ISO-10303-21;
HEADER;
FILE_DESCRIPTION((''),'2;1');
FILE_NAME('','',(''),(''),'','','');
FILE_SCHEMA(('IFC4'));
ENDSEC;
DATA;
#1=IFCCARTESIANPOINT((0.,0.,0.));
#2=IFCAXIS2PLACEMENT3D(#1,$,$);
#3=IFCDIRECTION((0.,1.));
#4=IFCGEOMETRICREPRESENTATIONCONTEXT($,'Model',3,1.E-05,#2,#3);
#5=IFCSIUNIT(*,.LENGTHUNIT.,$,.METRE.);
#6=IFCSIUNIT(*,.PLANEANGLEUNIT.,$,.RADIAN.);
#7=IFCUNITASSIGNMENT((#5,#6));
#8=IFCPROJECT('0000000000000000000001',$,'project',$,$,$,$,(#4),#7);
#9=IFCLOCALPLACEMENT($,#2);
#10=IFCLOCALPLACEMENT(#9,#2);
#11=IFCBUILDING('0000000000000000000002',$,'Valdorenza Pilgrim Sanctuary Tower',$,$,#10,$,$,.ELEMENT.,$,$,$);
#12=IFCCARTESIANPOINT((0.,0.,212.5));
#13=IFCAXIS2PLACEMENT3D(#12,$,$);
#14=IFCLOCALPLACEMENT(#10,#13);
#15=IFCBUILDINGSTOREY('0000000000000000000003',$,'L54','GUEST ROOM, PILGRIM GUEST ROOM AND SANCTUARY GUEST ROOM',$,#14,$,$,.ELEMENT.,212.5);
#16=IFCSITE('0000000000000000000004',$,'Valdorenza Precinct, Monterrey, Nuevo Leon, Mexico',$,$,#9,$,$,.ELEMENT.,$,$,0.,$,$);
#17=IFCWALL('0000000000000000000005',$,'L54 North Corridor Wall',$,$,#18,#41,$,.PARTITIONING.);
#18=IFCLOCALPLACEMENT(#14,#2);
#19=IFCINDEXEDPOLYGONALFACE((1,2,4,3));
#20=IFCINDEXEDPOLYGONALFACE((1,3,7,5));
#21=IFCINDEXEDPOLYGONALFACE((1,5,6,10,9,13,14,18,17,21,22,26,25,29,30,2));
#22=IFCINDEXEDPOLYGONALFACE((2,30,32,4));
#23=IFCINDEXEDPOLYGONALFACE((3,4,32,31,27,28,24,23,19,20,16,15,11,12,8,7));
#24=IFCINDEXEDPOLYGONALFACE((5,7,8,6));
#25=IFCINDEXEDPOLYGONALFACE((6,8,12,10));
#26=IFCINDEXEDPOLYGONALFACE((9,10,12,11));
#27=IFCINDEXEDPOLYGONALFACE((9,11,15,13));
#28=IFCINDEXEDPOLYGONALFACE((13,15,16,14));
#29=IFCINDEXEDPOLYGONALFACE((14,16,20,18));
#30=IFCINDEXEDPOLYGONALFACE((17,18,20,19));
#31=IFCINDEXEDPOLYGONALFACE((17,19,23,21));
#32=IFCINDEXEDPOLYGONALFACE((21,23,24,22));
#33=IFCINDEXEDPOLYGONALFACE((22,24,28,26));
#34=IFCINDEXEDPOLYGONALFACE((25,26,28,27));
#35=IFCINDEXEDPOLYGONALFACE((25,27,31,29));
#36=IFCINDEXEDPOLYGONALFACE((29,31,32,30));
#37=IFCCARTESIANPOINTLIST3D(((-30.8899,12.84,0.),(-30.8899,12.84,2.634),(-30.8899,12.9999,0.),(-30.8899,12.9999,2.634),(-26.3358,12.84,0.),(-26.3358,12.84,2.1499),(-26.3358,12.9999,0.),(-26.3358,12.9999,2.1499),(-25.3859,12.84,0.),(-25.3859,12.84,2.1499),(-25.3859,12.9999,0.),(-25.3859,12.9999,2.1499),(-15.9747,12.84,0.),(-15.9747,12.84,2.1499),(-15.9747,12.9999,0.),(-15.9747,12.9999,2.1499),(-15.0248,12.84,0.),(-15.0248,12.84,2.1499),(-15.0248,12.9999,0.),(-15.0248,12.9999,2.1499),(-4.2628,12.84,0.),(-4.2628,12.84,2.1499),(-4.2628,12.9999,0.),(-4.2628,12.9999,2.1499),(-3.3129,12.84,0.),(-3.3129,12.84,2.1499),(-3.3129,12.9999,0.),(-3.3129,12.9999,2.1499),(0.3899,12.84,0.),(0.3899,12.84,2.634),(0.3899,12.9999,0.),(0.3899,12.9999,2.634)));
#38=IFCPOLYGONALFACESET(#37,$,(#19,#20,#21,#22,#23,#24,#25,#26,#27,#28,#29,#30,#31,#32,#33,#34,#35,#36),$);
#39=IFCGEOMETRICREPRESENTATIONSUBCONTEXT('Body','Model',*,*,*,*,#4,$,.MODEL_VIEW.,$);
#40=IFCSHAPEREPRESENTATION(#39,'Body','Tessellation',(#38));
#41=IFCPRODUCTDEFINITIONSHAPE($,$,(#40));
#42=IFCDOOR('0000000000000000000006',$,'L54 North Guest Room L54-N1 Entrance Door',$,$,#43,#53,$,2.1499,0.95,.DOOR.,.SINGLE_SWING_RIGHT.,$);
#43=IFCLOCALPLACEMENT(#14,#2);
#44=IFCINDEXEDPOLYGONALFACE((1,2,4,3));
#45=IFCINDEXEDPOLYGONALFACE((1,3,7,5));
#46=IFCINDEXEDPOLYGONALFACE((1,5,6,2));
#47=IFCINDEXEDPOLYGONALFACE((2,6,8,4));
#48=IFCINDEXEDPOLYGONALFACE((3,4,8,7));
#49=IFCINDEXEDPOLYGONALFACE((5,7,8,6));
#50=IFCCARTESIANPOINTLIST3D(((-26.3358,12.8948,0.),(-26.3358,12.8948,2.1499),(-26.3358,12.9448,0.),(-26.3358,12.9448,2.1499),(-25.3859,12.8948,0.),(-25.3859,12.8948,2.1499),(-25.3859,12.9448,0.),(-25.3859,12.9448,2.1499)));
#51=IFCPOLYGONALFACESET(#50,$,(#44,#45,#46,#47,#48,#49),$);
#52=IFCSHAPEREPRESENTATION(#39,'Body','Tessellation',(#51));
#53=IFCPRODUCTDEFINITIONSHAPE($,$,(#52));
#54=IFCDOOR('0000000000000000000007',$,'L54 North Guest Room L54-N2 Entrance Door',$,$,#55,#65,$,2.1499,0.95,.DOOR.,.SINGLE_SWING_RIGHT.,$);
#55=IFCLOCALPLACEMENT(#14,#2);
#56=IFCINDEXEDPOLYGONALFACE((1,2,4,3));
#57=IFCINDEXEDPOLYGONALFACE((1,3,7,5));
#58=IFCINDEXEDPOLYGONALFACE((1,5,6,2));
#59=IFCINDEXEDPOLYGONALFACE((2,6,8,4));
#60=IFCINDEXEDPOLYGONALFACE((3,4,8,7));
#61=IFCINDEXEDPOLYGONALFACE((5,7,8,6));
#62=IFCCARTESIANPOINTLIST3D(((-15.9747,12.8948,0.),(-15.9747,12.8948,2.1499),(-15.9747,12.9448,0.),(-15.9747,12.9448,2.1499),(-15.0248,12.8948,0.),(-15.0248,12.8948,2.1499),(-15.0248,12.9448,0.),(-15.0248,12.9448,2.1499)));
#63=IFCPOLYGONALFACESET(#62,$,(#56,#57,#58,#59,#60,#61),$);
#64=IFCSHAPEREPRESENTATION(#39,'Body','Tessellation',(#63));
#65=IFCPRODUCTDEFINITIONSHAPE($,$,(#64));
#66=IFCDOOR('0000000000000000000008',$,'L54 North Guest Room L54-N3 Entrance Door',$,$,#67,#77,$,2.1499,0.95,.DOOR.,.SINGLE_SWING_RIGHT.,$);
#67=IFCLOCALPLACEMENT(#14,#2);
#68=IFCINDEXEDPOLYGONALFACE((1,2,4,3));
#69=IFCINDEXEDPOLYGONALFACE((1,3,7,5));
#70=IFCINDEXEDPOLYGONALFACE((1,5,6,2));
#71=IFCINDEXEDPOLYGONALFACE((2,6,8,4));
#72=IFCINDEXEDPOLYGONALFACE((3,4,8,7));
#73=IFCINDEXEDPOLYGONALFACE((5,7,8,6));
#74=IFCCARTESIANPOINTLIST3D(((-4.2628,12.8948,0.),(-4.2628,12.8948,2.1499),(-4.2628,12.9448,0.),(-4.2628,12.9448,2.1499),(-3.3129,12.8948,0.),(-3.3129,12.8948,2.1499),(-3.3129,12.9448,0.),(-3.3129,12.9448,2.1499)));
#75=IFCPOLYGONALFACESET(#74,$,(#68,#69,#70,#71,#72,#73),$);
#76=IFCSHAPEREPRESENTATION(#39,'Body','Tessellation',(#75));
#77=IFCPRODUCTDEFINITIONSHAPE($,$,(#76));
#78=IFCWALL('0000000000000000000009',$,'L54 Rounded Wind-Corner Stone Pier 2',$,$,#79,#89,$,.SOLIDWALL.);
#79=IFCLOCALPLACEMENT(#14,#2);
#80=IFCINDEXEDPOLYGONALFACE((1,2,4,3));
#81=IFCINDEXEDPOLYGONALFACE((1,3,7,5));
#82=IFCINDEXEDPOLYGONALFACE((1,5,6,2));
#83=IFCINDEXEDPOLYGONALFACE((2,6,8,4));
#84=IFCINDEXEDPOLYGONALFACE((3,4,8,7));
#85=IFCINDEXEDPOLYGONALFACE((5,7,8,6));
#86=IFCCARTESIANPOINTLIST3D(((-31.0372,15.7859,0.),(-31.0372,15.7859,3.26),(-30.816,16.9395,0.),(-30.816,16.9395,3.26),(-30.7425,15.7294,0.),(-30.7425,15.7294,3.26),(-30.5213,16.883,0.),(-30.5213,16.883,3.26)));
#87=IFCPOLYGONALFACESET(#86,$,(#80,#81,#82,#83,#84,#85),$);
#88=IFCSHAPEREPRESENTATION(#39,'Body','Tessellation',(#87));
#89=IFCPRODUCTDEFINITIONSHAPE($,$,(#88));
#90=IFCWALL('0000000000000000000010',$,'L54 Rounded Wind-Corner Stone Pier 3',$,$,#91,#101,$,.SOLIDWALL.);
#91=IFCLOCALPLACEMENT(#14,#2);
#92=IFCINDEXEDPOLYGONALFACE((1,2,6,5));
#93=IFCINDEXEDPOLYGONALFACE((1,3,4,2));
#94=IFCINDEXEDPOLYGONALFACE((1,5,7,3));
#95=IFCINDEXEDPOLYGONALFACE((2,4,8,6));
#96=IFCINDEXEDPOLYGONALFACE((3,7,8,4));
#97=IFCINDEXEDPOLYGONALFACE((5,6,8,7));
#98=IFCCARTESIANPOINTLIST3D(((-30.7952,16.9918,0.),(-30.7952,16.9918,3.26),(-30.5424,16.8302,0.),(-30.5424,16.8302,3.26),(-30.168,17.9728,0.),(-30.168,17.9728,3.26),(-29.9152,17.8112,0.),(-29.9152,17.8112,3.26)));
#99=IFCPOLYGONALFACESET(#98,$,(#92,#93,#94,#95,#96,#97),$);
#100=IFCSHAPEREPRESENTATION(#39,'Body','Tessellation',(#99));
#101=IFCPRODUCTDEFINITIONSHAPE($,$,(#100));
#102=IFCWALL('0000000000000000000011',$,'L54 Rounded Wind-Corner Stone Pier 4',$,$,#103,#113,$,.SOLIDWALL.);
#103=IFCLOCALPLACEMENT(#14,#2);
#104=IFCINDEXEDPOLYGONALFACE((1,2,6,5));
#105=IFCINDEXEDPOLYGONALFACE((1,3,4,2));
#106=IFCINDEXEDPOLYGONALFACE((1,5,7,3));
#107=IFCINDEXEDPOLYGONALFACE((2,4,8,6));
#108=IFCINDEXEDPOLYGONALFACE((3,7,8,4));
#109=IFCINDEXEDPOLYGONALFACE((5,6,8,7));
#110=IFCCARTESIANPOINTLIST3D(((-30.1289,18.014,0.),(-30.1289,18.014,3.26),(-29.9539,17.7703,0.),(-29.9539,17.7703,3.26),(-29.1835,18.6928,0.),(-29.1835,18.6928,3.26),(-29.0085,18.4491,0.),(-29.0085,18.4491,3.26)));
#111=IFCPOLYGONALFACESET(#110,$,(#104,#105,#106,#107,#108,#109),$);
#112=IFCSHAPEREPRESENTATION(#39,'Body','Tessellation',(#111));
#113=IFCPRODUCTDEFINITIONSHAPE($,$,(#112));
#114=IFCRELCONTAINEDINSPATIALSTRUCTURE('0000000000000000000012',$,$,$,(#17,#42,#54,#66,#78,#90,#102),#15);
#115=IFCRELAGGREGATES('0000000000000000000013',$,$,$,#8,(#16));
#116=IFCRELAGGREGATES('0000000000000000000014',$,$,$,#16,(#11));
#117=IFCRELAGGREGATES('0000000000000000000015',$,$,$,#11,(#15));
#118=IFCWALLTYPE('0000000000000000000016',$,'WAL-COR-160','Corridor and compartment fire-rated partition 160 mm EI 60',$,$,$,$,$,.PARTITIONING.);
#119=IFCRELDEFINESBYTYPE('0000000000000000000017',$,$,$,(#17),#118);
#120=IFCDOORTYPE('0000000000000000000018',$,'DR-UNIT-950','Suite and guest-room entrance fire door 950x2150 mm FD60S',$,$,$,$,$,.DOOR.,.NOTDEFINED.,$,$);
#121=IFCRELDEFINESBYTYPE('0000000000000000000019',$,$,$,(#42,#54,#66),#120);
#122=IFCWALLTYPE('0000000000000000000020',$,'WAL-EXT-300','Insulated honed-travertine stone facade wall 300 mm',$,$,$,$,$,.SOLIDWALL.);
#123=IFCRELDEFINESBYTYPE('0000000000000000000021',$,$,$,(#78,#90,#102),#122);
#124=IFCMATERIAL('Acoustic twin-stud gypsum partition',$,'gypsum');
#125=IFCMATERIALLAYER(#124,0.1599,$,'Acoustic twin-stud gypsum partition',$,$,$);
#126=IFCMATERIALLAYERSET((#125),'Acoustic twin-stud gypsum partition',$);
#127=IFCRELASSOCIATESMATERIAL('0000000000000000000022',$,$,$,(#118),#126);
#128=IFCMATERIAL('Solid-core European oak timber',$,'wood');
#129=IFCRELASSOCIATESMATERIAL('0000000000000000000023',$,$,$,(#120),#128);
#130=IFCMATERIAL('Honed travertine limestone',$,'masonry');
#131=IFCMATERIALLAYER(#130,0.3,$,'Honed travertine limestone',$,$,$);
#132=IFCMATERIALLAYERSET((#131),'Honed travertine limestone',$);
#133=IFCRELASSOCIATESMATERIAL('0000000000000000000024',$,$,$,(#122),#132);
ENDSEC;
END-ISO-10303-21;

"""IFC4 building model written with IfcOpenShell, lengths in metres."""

from ifc_helpers import new_model, si_unit, direction, frame, frame_2d, origin, place, context, subcontext, project, spatial, rectangle, extrude, material, layer, layer_set, type_object, element, fill, save


model = new_model("IFC4")

# Units and contexts
model_context = context("Model", 3, precision=1e-05, world=origin(), true_north=direction((0.0, 1.0)))
body_context = subcontext(model_context, "Body", "Model", "MODEL_VIEW")
ifc_project = project(units=[si_unit("LENGTHUNIT", "METRE"), si_unit("PLANEANGLEUNIT", "RADIAN")], contexts=[model_context])

# Site, building, storey
site_placement = place(None, origin())
site = spatial("IfcSite", under=ifc_project, at=site_placement, Name="Valdorenza Precinct, Monterrey, Nuevo Leon, Mexico", CompositionType="ELEMENT", RefElevation=0.0)
building_placement = place(site_placement, origin())
building = spatial("IfcBuilding", under=site, at=building_placement, Name="Valdorenza Pilgrim Sanctuary Tower", CompositionType="ELEMENT")
storey_placement = place(building_placement, frame((0.0, 0.0, 212.5)))
storey = spatial("IfcBuildingStorey", under=building, at=storey_placement, Name="L54", Description="GUEST ROOM, PILGRIM GUEST ROOM AND SANCTUARY GUEST ROOM", CompositionType="ELEMENT", Elevation=212.5)

# Shared definitions
ifc_material_1 = material(Name="Honed travertine limestone", Category="masonry")

# Wall, openings, doors
ifc_material_2 = material(Name="Acoustic twin-stud gypsum partition", Category="gypsum")
ifc_layer_1 = layer(ifc_material_2, 0.1599, Name="Acoustic twin-stud gypsum partition")
ifc_layer_set_1 = layer_set([ifc_layer_1], Name="Acoustic twin-stud gypsum partition")
wall_type_1 = type_object("IfcWallType", Name="WAL-COR-160", Description="Corridor and compartment fire-rated partition 160 mm EI 60", PredefinedType="PARTITIONING", material=ifc_layer_set_1)
wall_1_placement = place(storey_placement, frame((-30.8899, 12.9199, 0.0), z_axis=(0.0, 0.0, 1.0), x_axis=(1.0, 0.0, 0.0)))
wall_1 = element("IfcWall", 1, at=wall_1_placement, inside=storey, type_object=wall_type_1, Name="L54 North Corridor Wall", PredefinedType="PARTITIONING", context=body_context, shape_type="SweptSolid", body=[
    extrude(rectangle(XDim=31.2798, YDim=0.1599, at=frame_2d((15.6399, 0.0))), origin(), (0.0, 0.0, 1.0), 2.634),
])
opening_1_placement = place(wall_1_placement, frame((4.554, 0.0, 0.0)))
opening_1 = element("IfcOpeningElement", 2, at=opening_1_placement, cuts=wall_1, PredefinedType="OPENING", context=body_context, shape_type="SweptSolid", body=[
    extrude(rectangle(XDim=0.95, YDim=2.1499, at=frame_2d((0.4751, 1.075))), frame((0.0, 0.0947, 0.0), z_axis=(0.0, -1.0, 0.0), x_axis=(1.0, 0.0, 0.0)), (0.0, 0.0, 1.0), 0.1897),
])
opening_2_placement = place(wall_1_placement, frame((14.915, 0.0, 0.0)))
opening_2 = element("IfcOpeningElement", 3, at=opening_2_placement, cuts=wall_1, PredefinedType="OPENING", context=body_context, shape_type="SweptSolid", body=[
    extrude(rectangle(XDim=0.95, YDim=2.1499, at=frame_2d((0.4751, 1.075))), frame((0.0, 0.0947, 0.0), z_axis=(0.0, -1.0, 0.0), x_axis=(1.0, 0.0, 0.0)), (0.0, 0.0, 1.0), 0.1897),
])
opening_3_placement = place(wall_1_placement, frame((26.627, 0.0, 0.0)))
opening_3 = element("IfcOpeningElement", 4, at=opening_3_placement, cuts=wall_1, PredefinedType="OPENING", context=body_context, shape_type="SweptSolid", body=[
    extrude(rectangle(XDim=0.95, YDim=2.1499, at=frame_2d((0.4751, 1.075))), frame((0.0, 0.0947, 0.0), z_axis=(0.0, -1.0, 0.0), x_axis=(1.0, 0.0, 0.0)), (0.0, 0.0, 1.0), 0.1897),
])
ifc_material_3 = material(Name="Solid-core European oak timber", Category="wood")
door_type = type_object("IfcDoorType", Name="DR-UNIT-950", Description="Suite and guest-room entrance fire door 950x2150 mm FD60S", OperationType="NOTDEFINED", PredefinedType="DOOR", material=ifc_material_3)
door_1_placement = place(opening_1_placement, origin())
door_1 = element("IfcDoor", 5, at=door_1_placement, inside=storey, type_object=door_type, Name="L54 North Guest Room L54-N1 Entrance Door", OperationType="SINGLE_SWING_RIGHT", OverallHeight=2.1499, OverallWidth=0.95, PredefinedType="DOOR", context=body_context, shape_type="SweptSolid", body=[
    extrude(rectangle(XDim=0.95, YDim=2.1499, at=frame_2d((0.4751, 1.075))), frame((0.0, 0.0249, 0.0), z_axis=(0.0, -1.0, 0.0), x_axis=(1.0, 0.0, 0.0)), (0.0, 0.0, 1.0), 0.05),
])
fill(opening_1, door_1)
door_2_placement = place(opening_2_placement, origin())
door_2 = element("IfcDoor", 6, at=door_2_placement, inside=storey, type_object=door_type, Name="L54 North Guest Room L54-N2 Entrance Door", OperationType="SINGLE_SWING_RIGHT", OverallHeight=2.1499, OverallWidth=0.95, PredefinedType="DOOR", context=body_context, shape_type="SweptSolid", body=[
    extrude(rectangle(XDim=0.95, YDim=2.1499, at=frame_2d((0.4751, 1.075))), frame((0.0, 0.0249, 0.0), z_axis=(0.0, -1.0, 0.0), x_axis=(1.0, 0.0, 0.0)), (0.0, 0.0, 1.0), 0.05),
])
fill(opening_2, door_2)
door_3_placement = place(opening_3_placement, origin())
door_3 = element("IfcDoor", 7, at=door_3_placement, inside=storey, type_object=door_type, Name="L54 North Guest Room L54-N3 Entrance Door", OperationType="SINGLE_SWING_RIGHT", OverallHeight=2.1499, OverallWidth=0.95, PredefinedType="DOOR", context=body_context, shape_type="SweptSolid", body=[
    extrude(rectangle(XDim=0.95, YDim=2.1499, at=frame_2d((0.4751, 1.075))), frame((0.0, 0.0249, 0.0), z_axis=(0.0, -1.0, 0.0), x_axis=(1.0, 0.0, 0.0)), (0.0, 0.0, 1.0), 0.05),
])
fill(opening_3, door_3)

# Walls
ifc_layer_2 = layer(ifc_material_1, 0.3, Name="Honed travertine limestone")
ifc_layer_set_2 = layer_set([ifc_layer_2], Name="Honed travertine limestone")
wall_type_2 = type_object("IfcWallType", Name="WAL-EXT-300", Description="Insulated honed-travertine stone facade wall 300 mm", PredefinedType="SOLIDWALL", material=ifc_layer_set_2)
wall_2_placement = place(storey_placement, frame((-30.8899, 15.7576, 0.0), z_axis=(0.0, 0.0, 1.0), x_axis=(0.188315, 0.982109, 0.0)))
element("IfcWall", 8, at=wall_2_placement, inside=storey, type_object=wall_type_2, Name="L54 Rounded Wind-Corner Stone Pier 2", PredefinedType="SOLIDWALL", context=body_context, shape_type="SweptSolid", body=[
    extrude(rectangle(XDim=1.1746, YDim=0.3, at=frame_2d((0.5874, 0.0))), origin(), (0.0, 0.0, 1.0), 3.26),
])
wall_3_placement = place(storey_placement, frame((-30.6687, 16.9111, 0.0), z_axis=(0.0, 0.0, 1.0), x_axis=(0.538679, 0.842511, 0.0)))
element("IfcWall", 9, at=wall_3_placement, inside=storey, type_object=wall_type_2, Name="L54 Rounded Wind-Corner Stone Pier 3", PredefinedType="SOLIDWALL", context=body_context, shape_type="SweptSolid", body=[
    extrude(rectangle(XDim=1.1643, YDim=0.3, at=frame_2d((0.582, 0.0))), origin(), (0.0, 0.0, 1.0), 3.26),
])
wall_4_placement = place(storey_placement, frame((-30.0415, 17.8921, 0.0), z_axis=(0.0, 0.0, 1.0), x_axis=(0.812314, 0.583221, 0.0)))
element("IfcWall", 10, at=wall_4_placement, inside=storey, type_object=wall_type_2, Name="L54 Rounded Wind-Corner Stone Pier 4", PredefinedType="SOLIDWALL", context=body_context, shape_type="SweptSolid", body=[
    extrude(rectangle(XDim=1.1638, YDim=0.3, at=frame_2d((0.582, 0.0))), origin(), (0.0, 0.0, 1.0), 3.26),
])

save(model, "model.ifc")
